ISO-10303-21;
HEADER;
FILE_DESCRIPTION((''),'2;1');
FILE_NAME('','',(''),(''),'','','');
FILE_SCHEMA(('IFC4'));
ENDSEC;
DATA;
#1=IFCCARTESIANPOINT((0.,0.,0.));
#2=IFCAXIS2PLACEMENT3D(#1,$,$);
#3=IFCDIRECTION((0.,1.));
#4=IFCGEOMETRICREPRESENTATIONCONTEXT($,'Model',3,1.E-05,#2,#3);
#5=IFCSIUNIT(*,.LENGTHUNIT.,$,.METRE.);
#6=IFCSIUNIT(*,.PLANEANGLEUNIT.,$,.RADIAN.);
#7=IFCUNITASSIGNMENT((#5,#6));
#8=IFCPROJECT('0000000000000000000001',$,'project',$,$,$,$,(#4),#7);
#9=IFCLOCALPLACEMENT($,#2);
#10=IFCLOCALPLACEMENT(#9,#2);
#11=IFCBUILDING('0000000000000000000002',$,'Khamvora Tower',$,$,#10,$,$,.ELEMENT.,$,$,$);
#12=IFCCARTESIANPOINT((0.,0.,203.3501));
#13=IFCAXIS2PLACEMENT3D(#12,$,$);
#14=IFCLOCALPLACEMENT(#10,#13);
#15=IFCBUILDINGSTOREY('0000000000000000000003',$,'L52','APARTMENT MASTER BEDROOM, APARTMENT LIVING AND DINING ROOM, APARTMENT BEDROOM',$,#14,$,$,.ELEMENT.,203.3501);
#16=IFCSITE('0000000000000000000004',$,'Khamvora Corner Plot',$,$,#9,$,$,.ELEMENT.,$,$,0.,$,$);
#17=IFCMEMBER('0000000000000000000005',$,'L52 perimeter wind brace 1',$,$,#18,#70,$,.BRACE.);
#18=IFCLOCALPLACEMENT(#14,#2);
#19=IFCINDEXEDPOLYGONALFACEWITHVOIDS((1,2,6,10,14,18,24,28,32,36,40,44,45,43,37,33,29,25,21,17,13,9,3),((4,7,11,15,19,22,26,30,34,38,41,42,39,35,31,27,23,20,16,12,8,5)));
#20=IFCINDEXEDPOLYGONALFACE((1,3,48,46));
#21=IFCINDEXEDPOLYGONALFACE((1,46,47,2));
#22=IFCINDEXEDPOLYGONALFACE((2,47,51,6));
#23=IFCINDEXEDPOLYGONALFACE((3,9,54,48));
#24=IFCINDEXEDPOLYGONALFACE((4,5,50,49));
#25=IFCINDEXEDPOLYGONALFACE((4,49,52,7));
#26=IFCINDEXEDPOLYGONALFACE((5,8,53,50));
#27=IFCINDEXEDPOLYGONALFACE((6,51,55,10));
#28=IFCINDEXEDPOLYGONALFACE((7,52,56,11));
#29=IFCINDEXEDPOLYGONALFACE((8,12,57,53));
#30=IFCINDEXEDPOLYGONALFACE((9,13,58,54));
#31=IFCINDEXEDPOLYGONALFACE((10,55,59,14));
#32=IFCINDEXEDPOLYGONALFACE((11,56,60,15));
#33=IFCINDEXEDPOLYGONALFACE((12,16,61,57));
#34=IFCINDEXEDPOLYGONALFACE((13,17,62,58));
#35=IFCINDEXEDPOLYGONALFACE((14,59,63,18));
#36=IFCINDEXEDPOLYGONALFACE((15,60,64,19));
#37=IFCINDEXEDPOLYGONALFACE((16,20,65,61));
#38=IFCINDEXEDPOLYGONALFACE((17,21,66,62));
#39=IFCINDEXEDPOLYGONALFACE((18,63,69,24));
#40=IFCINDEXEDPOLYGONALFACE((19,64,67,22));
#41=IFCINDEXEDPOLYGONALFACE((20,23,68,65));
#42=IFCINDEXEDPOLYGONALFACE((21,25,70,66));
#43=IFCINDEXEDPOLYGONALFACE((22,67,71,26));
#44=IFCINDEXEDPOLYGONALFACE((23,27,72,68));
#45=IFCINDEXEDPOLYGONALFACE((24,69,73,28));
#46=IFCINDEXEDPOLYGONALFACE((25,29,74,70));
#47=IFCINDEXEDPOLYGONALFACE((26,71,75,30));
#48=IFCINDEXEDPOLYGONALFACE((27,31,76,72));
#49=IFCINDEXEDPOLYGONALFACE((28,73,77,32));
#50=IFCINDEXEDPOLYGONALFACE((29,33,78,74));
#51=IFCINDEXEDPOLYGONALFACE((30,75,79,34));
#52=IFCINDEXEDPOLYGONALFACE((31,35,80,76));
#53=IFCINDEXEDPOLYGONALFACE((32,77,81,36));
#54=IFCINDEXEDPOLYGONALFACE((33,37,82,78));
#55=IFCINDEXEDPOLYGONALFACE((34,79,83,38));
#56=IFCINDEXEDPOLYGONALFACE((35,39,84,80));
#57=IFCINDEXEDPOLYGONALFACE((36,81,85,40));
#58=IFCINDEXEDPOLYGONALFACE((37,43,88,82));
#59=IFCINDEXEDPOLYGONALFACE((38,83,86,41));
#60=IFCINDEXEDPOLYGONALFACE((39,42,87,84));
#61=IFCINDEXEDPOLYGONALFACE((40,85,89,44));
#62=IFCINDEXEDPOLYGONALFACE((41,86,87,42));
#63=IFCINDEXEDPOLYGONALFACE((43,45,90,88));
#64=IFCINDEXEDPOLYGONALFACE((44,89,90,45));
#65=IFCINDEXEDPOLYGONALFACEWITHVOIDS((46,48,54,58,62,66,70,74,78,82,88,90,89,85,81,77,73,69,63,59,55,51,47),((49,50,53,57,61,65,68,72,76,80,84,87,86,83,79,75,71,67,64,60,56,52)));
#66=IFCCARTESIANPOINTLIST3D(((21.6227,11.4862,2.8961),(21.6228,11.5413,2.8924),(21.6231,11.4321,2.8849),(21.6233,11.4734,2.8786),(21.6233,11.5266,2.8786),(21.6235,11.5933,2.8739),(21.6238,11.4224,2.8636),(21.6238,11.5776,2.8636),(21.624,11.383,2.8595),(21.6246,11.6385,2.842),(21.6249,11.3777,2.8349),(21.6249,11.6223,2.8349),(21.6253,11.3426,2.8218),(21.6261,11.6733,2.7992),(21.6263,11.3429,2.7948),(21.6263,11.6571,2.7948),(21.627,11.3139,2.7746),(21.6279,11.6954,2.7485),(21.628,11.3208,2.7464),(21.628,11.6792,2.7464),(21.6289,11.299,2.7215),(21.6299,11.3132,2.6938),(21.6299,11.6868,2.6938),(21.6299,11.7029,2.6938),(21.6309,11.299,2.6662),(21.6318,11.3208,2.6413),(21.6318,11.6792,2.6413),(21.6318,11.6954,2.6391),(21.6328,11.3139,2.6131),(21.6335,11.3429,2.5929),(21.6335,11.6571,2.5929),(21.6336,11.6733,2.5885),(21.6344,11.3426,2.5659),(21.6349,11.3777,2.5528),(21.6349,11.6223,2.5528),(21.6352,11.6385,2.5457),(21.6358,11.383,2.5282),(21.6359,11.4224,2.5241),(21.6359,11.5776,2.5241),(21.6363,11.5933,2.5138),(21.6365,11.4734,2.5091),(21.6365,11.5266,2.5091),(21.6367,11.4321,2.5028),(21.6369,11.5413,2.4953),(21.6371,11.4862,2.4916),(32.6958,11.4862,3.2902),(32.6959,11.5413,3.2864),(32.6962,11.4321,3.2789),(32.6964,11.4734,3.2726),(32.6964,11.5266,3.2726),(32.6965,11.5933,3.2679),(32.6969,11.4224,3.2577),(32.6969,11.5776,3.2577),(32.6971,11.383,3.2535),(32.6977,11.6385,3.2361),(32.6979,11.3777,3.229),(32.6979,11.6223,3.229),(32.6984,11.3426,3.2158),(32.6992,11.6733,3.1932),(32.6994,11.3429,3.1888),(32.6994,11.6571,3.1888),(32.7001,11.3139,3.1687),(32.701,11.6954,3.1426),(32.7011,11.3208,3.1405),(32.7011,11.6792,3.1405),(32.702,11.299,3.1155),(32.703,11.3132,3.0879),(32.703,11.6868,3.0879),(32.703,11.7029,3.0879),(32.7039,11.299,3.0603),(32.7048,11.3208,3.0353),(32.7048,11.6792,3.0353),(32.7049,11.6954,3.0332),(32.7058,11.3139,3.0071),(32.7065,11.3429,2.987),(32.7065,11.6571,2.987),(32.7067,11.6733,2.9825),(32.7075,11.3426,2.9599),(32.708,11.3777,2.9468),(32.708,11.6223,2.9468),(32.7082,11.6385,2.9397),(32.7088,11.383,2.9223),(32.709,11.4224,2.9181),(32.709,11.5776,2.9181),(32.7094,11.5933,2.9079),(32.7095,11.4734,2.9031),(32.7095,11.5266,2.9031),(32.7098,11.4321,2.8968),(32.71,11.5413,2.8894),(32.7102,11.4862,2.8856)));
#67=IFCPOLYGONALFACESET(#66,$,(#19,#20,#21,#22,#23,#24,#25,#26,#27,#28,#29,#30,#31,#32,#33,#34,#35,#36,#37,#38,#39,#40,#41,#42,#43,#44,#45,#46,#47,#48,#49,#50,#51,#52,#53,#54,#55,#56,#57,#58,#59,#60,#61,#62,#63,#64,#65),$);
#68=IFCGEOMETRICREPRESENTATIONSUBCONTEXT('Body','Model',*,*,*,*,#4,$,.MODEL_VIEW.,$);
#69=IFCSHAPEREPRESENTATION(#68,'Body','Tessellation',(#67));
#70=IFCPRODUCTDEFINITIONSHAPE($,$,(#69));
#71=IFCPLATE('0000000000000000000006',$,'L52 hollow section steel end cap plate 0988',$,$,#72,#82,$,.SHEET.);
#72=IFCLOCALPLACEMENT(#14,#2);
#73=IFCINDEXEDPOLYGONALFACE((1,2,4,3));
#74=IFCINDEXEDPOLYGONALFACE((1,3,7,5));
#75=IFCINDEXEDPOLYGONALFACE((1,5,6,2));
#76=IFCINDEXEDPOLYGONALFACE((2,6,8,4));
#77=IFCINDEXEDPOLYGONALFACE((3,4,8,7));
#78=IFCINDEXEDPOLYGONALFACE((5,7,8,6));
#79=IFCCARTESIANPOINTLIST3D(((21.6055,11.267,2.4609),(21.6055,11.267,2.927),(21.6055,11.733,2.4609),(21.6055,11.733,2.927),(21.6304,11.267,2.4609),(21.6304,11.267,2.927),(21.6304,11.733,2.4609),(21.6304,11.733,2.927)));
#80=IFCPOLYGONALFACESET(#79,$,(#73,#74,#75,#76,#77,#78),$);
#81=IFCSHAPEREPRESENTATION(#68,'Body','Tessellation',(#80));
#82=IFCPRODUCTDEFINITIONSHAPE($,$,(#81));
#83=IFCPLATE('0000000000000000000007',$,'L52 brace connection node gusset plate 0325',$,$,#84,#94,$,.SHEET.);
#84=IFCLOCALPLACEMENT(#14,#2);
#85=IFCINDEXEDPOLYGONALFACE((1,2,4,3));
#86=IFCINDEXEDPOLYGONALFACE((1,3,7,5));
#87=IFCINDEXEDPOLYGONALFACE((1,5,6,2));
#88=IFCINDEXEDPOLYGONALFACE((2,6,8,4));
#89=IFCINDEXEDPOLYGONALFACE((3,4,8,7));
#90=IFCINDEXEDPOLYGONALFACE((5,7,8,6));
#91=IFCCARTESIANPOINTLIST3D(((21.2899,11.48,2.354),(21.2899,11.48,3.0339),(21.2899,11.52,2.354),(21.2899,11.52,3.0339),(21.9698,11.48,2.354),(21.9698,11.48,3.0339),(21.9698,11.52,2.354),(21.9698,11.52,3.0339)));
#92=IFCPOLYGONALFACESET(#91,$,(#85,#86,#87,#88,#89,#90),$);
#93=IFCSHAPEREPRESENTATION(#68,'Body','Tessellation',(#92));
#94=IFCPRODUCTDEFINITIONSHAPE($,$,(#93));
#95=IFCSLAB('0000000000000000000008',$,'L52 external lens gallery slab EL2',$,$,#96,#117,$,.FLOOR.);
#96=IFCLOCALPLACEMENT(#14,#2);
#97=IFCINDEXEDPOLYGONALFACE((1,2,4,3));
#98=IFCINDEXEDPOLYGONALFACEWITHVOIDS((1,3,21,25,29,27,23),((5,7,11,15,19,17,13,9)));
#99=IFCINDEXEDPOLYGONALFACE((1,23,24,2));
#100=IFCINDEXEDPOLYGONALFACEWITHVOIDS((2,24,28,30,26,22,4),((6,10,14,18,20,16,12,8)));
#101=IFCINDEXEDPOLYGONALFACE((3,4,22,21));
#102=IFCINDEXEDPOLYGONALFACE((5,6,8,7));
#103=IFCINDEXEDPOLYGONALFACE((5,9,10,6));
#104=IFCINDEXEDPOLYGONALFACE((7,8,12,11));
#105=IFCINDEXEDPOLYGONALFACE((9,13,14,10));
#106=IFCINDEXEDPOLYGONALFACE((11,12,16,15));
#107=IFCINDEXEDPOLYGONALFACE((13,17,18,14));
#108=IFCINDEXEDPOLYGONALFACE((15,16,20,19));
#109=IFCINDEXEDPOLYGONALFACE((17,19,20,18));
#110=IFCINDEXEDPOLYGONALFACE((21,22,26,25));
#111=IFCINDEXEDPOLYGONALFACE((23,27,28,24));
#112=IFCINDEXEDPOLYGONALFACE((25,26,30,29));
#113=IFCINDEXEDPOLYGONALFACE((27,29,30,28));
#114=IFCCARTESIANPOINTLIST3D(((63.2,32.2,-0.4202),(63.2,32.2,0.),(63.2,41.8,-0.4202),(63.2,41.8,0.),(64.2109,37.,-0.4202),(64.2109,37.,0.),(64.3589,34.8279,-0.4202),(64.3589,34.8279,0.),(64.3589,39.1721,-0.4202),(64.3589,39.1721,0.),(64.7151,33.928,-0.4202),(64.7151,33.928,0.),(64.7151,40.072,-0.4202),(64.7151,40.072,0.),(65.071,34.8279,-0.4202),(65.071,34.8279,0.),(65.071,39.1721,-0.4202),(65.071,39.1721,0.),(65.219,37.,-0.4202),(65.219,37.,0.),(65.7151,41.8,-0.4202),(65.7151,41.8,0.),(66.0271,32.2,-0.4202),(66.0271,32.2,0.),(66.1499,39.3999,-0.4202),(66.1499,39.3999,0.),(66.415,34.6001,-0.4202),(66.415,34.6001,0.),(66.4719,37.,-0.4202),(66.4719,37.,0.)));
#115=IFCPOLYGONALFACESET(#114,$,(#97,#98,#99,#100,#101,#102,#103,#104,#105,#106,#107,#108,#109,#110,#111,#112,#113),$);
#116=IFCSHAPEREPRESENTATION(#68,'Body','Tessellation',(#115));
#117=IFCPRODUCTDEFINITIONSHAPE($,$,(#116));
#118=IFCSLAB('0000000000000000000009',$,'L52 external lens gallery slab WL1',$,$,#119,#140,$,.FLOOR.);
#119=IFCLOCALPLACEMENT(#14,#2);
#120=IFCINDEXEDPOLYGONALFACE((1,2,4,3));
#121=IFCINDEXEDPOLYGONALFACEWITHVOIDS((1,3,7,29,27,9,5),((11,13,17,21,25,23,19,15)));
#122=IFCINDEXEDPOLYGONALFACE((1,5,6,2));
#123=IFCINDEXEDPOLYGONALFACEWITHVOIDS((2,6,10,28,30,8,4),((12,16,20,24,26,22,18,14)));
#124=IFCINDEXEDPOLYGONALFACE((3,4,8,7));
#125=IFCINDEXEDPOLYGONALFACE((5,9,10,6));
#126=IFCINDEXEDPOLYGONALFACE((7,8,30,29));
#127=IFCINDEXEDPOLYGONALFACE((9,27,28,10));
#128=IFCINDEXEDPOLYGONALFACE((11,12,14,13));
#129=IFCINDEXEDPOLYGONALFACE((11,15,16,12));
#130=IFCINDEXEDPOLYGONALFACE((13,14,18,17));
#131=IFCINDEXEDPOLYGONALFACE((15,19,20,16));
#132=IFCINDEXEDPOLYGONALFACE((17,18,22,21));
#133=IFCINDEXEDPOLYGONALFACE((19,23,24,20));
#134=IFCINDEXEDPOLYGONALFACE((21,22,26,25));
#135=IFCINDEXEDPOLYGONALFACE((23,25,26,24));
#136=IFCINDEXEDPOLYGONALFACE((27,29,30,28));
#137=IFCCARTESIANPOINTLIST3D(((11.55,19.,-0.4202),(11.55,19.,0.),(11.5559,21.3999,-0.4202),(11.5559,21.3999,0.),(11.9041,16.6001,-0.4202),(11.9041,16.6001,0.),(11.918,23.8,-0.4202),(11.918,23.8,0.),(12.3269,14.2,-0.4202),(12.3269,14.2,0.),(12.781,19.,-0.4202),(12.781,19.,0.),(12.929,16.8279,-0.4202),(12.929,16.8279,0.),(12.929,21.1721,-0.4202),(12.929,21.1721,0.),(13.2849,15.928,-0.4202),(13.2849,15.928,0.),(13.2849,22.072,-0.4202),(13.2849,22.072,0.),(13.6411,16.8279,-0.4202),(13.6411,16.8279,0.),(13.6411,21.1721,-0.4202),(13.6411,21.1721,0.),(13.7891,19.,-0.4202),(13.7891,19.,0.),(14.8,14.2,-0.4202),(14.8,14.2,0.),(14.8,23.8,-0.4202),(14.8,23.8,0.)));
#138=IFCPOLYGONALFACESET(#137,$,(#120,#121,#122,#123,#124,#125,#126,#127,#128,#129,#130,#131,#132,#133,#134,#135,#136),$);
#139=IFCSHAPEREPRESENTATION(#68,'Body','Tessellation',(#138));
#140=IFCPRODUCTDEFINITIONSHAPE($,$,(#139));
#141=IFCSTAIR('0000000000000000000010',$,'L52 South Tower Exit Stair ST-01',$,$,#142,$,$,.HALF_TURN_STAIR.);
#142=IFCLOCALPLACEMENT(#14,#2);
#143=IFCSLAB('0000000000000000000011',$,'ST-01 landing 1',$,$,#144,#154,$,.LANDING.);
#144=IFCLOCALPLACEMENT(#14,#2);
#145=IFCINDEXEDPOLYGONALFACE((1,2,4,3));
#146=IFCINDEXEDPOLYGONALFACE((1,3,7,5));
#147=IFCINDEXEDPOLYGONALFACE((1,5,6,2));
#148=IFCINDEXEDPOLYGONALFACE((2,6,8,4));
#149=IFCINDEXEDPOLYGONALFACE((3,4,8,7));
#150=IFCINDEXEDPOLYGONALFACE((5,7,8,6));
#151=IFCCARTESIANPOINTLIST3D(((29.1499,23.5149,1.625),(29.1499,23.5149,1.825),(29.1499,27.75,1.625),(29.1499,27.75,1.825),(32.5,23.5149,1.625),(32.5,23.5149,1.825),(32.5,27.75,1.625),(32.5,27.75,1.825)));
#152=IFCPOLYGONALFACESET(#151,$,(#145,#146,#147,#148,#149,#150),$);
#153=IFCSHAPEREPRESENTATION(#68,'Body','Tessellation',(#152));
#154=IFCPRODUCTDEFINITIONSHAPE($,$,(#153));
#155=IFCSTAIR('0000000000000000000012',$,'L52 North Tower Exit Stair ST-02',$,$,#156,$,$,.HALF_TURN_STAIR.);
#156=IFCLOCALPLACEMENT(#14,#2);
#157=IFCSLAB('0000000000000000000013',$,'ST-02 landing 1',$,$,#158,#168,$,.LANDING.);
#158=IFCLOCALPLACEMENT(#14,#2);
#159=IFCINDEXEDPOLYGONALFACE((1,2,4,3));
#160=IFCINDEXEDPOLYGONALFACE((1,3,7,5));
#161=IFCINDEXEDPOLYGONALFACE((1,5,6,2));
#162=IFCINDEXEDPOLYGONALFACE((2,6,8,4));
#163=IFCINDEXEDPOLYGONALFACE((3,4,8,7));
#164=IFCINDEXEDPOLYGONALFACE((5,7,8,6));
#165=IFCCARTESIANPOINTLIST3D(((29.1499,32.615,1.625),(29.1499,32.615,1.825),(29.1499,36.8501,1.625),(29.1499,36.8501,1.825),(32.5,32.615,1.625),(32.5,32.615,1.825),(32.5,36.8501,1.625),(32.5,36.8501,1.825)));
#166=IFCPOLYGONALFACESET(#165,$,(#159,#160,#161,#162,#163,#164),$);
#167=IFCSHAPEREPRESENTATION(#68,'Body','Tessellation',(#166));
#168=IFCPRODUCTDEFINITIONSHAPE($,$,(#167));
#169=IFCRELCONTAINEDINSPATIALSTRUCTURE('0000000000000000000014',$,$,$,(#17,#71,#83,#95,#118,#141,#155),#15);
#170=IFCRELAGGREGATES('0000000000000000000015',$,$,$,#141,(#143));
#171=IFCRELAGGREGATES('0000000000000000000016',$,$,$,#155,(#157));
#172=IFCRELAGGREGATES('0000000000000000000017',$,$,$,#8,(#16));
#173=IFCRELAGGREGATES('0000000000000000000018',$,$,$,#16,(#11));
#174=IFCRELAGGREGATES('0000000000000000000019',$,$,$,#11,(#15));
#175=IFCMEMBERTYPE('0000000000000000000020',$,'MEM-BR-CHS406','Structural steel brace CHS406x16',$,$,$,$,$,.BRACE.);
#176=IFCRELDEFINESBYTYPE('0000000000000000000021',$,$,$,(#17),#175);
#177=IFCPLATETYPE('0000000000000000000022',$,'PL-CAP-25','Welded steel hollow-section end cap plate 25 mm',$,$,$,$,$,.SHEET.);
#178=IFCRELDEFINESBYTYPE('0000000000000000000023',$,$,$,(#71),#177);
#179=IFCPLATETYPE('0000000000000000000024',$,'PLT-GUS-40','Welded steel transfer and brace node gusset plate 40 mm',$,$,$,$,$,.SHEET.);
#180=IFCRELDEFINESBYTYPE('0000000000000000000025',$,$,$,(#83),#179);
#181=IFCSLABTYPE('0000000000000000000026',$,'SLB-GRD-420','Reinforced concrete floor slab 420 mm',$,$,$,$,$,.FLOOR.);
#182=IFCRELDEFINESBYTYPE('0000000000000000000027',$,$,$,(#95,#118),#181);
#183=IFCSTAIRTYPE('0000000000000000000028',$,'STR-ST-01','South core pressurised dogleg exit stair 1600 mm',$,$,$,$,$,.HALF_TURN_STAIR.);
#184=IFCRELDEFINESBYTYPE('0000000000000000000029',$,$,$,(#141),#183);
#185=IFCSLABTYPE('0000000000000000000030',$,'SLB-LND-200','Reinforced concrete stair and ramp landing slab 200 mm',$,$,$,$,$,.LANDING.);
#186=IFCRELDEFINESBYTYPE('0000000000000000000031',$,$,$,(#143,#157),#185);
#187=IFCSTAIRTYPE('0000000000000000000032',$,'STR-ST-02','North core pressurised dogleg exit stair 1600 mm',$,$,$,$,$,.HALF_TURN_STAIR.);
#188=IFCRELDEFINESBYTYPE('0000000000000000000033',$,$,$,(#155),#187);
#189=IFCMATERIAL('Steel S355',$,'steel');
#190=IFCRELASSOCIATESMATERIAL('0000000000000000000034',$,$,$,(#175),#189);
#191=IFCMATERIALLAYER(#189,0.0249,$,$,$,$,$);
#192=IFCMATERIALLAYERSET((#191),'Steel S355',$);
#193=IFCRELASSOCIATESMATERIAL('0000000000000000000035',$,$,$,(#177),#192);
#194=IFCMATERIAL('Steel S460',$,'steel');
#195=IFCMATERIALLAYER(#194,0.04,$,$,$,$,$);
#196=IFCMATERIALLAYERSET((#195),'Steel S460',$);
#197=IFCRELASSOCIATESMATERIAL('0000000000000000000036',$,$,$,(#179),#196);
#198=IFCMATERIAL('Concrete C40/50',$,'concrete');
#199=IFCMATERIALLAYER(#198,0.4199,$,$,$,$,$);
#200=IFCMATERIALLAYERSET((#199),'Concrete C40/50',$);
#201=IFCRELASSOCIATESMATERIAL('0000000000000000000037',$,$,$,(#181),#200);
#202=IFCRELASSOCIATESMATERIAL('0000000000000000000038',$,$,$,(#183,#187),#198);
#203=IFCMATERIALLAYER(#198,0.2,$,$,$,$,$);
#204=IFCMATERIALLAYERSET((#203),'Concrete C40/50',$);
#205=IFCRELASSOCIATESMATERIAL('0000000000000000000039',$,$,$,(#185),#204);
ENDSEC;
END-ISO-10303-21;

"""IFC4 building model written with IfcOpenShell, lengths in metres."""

from ifc_helpers import new_model, si_unit, direction, frame, origin, origin_2d, place, context, subcontext, project, spatial, polyline, rectangle, hollow_circle, outline, extrude, material, layer, layer_set, material_profile, profile_set, type_object, element, aggregate, save


model = new_model("IFC4")

# Units and contexts
model_context = context("Model", 3, precision=1e-05, world=origin(), true_north=direction((0.0, 1.0)))
body_context = subcontext(model_context, "Body", "Model", "MODEL_VIEW")
ifc_project = project(units=[si_unit("LENGTHUNIT", "METRE"), si_unit("PLANEANGLEUNIT", "RADIAN")], contexts=[model_context])

# Site, building, storey
site_placement = place(None, origin())
site = spatial("IfcSite", under=ifc_project, at=site_placement, Name="Khamvora Corner Plot", CompositionType="ELEMENT", RefElevation=0.0)
building_placement = place(site_placement, origin())
building = spatial("IfcBuilding", under=site, at=building_placement, Name="Khamvora Tower", CompositionType="ELEMENT")
storey_placement = place(building_placement, frame((0.0, 0.0, 203.3501)))
storey = spatial("IfcBuildingStorey", under=building, at=storey_placement, Name="L52", Description="APARTMENT MASTER BEDROOM, APARTMENT LIVING AND DINING ROOM, APARTMENT BEDROOM", CompositionType="ELEMENT", Elevation=203.3501)

# Shared definitions
ifc_material_1 = material(Name="Steel S355", Category="steel")

# Member
ifc_material_profile_1 = material_profile(ifc_material_1, hollow_circle(Radius=0.2029, WallThickness=0.0161, at=origin_2d()), Name="CHS406x16")
ifc_profile_set_1 = profile_set([ifc_material_profile_1], Name="Steel S355")
member_type = type_object("IfcMemberType", Name="MEM-BR-CHS406", Description="Structural steel brace CHS406x16", PredefinedType="BRACE", material=ifc_profile_set_1)
member_placement = place(storey_placement, frame((21.6299, 11.5, 2.6938), z_axis=(0.999367, 0.0, 0.035563), x_axis=(0.0, 1.0, 0.0)))
element("IfcMember", 1, at=member_placement, inside=storey, type_object=member_type, Name="L52 perimeter wind brace 1", PredefinedType="BRACE", context=body_context, shape_type="SweptSolid", body=[
    extrude(hollow_circle(Radius=0.2029, WallThickness=0.0161, at=origin_2d()), origin(), (0.0, 0.0, 1.0), 11.0801),
])

# Plates
ifc_layer_1 = layer(ifc_material_1, 0.0249)
ifc_layer_set_1 = layer_set([ifc_layer_1], Name="Steel S355")
plate_type_1 = type_object("IfcPlateType", Name="PL-CAP-25", Description="Welded steel hollow-section end cap plate 25 mm", PredefinedType="SHEET", material=ifc_layer_set_1)
plate_1_placement = place(storey_placement, frame((21.6179, 11.5, 2.4609), z_axis=(0.0, 0.0, 1.0), x_axis=(1.0, 0.0, 0.0)))
element("IfcPlate", 2, at=plate_1_placement, inside=storey, type_object=plate_type_1, Name="L52 hollow section steel end cap plate 0988", PredefinedType="SHEET", context=body_context, shape_type="SweptSolid", body=[
    extrude(rectangle(XDim=0.0249, YDim=0.4661, at=origin_2d()), origin(), (0.0, 0.0, 1.0), 0.4661),
])
ifc_material_2 = material(Name="Steel S460", Category="steel")
ifc_layer_2 = layer(ifc_material_2, 0.04)
ifc_layer_set_2 = layer_set([ifc_layer_2], Name="Steel S460")
plate_type_2 = type_object("IfcPlateType", Name="PLT-GUS-40", Description="Welded steel transfer and brace node gusset plate 40 mm", PredefinedType="SHEET", material=ifc_layer_set_2)
plate_2_placement = place(storey_placement, frame((21.6299, 11.5, 2.354), z_axis=(0.0, 0.0, 1.0), x_axis=(1.0, 0.0, 0.0)))
element("IfcPlate", 3, at=plate_2_placement, inside=storey, type_object=plate_type_2, Name="L52 brace connection node gusset plate 0325", PredefinedType="SHEET", context=body_context, shape_type="SweptSolid", body=[
    extrude(rectangle(XDim=0.6799, YDim=0.04, at=origin_2d()), origin(), (0.0, 0.0, 1.0), 0.6799),
])

# Slabs
ifc_material_3 = material(Name="Concrete C40/50", Category="concrete")
ifc_layer_3 = layer(ifc_material_3, 0.4199)
ifc_layer_set_3 = layer_set([ifc_layer_3], Name="Concrete C40/50")
slab_type_1 = type_object("IfcSlabType", Name="SLB-GRD-420", Description="Reinforced concrete floor slab 420 mm", PredefinedType="FLOOR", material=ifc_layer_set_3)
slab_1_placement = place(storey_placement, frame((0.0, 0.0, -0.4202)))
element("IfcSlab", 4, at=slab_1_placement, inside=storey, type_object=slab_type_1, Name="L52 external lens gallery slab EL2", PredefinedType="FLOOR", context=body_context, shape_type="SweptSolid", body=[
    extrude(outline(polyline([(66.0271, 32.2), (66.415, 34.6001), (66.4719, 37.0), (66.1499, 39.3999), (65.7151, 41.8), (63.2, 41.8), (63.2, 32.2), (66.0271, 32.2)]), holes=[polyline([(65.219, 37.0), (65.071, 39.1721), (64.7151, 40.072), (64.3589, 39.1721), (64.2109, 37.0), (64.3589, 34.8279), (64.7151, 33.928), (65.071, 34.8279), (65.219, 37.0)])]), origin(), (0.0, 0.0, 1.0), 0.4202),
])
slab_2_placement = place(storey_placement, frame((0.0, 0.0, -0.4202)))
element("IfcSlab", 5, at=slab_2_placement, inside=storey, type_object=slab_type_1, Name="L52 external lens gallery slab WL1", PredefinedType="FLOOR", context=body_context, shape_type="SweptSolid", body=[
    extrude(outline(polyline([(14.8, 14.2), (14.8, 23.8), (11.918, 23.8), (11.5559, 21.3999), (11.55, 19.0), (11.9041, 16.6001), (12.3269, 14.2), (14.8, 14.2)]), holes=[polyline([(13.7891, 19.0), (13.6411, 21.1721), (13.2849, 22.072), (12.929, 21.1721), (12.781, 19.0), (12.929, 16.8279), (13.2849, 15.928), (13.6411, 16.8279), (13.7891, 19.0)])]), origin(), (0.0, 0.0, 1.0), 0.4202),
])

# Stairs, slabs
stair_type_1 = type_object("IfcStairType", Name="STR-ST-01", Description="South core pressurised dogleg exit stair 1600 mm", PredefinedType="HALF_TURN_STAIR", material=ifc_material_3)
stair_1_placement = place(storey_placement, origin())
stair_1 = element("IfcStair", 6, at=stair_1_placement, inside=storey, type_object=stair_type_1, Name="L52 South Tower Exit Stair ST-01", PredefinedType="HALF_TURN_STAIR")
ifc_layer_4 = layer(ifc_material_3, 0.2)
ifc_layer_set_4 = layer_set([ifc_layer_4], Name="Concrete C40/50")
slab_type_2 = type_object("IfcSlabType", Name="SLB-LND-200", Description="Reinforced concrete stair and ramp landing slab 200 mm", PredefinedType="LANDING", material=ifc_layer_set_4)
slab_3_placement = place(storey_placement, frame((0.0, 0.0, 1.625)))
slab_3 = element("IfcSlab", 7, at=slab_3_placement, type_object=slab_type_2, Name="ST-01 landing 1", PredefinedType="LANDING", context=body_context, shape_type="SweptSolid", body=[
    extrude(outline(polyline([(32.5, 23.5149), (32.5, 27.75), (29.1499, 27.75), (29.1499, 23.5149), (32.5, 23.5149)])), origin(), (0.0, 0.0, 1.0), 0.2),
])
aggregate(stair_1, [slab_3])
stair_type_2 = type_object("IfcStairType", Name="STR-ST-02", Description="North core pressurised dogleg exit stair 1600 mm", PredefinedType="HALF_TURN_STAIR", material=ifc_material_3)
stair_2_placement = place(storey_placement, origin())
stair_2 = element("IfcStair", 8, at=stair_2_placement, inside=storey, type_object=stair_type_2, Name="L52 North Tower Exit Stair ST-02", PredefinedType="HALF_TURN_STAIR")
slab_4_placement = place(storey_placement, frame((0.0, 0.0, 1.625)))
slab_4 = element("IfcSlab", 9, at=slab_4_placement, type_object=slab_type_2, Name="ST-02 landing 1", PredefinedType="LANDING", context=body_context, shape_type="SweptSolid", body=[
    extrude(outline(polyline([(32.5, 32.615), (32.5, 36.8501), (29.1499, 36.8501), (29.1499, 32.615), (32.5, 32.615)])), origin(), (0.0, 0.0, 1.0), 0.2),
])
aggregate(stair_2, [slab_4])

save(model, "model.ifc")
